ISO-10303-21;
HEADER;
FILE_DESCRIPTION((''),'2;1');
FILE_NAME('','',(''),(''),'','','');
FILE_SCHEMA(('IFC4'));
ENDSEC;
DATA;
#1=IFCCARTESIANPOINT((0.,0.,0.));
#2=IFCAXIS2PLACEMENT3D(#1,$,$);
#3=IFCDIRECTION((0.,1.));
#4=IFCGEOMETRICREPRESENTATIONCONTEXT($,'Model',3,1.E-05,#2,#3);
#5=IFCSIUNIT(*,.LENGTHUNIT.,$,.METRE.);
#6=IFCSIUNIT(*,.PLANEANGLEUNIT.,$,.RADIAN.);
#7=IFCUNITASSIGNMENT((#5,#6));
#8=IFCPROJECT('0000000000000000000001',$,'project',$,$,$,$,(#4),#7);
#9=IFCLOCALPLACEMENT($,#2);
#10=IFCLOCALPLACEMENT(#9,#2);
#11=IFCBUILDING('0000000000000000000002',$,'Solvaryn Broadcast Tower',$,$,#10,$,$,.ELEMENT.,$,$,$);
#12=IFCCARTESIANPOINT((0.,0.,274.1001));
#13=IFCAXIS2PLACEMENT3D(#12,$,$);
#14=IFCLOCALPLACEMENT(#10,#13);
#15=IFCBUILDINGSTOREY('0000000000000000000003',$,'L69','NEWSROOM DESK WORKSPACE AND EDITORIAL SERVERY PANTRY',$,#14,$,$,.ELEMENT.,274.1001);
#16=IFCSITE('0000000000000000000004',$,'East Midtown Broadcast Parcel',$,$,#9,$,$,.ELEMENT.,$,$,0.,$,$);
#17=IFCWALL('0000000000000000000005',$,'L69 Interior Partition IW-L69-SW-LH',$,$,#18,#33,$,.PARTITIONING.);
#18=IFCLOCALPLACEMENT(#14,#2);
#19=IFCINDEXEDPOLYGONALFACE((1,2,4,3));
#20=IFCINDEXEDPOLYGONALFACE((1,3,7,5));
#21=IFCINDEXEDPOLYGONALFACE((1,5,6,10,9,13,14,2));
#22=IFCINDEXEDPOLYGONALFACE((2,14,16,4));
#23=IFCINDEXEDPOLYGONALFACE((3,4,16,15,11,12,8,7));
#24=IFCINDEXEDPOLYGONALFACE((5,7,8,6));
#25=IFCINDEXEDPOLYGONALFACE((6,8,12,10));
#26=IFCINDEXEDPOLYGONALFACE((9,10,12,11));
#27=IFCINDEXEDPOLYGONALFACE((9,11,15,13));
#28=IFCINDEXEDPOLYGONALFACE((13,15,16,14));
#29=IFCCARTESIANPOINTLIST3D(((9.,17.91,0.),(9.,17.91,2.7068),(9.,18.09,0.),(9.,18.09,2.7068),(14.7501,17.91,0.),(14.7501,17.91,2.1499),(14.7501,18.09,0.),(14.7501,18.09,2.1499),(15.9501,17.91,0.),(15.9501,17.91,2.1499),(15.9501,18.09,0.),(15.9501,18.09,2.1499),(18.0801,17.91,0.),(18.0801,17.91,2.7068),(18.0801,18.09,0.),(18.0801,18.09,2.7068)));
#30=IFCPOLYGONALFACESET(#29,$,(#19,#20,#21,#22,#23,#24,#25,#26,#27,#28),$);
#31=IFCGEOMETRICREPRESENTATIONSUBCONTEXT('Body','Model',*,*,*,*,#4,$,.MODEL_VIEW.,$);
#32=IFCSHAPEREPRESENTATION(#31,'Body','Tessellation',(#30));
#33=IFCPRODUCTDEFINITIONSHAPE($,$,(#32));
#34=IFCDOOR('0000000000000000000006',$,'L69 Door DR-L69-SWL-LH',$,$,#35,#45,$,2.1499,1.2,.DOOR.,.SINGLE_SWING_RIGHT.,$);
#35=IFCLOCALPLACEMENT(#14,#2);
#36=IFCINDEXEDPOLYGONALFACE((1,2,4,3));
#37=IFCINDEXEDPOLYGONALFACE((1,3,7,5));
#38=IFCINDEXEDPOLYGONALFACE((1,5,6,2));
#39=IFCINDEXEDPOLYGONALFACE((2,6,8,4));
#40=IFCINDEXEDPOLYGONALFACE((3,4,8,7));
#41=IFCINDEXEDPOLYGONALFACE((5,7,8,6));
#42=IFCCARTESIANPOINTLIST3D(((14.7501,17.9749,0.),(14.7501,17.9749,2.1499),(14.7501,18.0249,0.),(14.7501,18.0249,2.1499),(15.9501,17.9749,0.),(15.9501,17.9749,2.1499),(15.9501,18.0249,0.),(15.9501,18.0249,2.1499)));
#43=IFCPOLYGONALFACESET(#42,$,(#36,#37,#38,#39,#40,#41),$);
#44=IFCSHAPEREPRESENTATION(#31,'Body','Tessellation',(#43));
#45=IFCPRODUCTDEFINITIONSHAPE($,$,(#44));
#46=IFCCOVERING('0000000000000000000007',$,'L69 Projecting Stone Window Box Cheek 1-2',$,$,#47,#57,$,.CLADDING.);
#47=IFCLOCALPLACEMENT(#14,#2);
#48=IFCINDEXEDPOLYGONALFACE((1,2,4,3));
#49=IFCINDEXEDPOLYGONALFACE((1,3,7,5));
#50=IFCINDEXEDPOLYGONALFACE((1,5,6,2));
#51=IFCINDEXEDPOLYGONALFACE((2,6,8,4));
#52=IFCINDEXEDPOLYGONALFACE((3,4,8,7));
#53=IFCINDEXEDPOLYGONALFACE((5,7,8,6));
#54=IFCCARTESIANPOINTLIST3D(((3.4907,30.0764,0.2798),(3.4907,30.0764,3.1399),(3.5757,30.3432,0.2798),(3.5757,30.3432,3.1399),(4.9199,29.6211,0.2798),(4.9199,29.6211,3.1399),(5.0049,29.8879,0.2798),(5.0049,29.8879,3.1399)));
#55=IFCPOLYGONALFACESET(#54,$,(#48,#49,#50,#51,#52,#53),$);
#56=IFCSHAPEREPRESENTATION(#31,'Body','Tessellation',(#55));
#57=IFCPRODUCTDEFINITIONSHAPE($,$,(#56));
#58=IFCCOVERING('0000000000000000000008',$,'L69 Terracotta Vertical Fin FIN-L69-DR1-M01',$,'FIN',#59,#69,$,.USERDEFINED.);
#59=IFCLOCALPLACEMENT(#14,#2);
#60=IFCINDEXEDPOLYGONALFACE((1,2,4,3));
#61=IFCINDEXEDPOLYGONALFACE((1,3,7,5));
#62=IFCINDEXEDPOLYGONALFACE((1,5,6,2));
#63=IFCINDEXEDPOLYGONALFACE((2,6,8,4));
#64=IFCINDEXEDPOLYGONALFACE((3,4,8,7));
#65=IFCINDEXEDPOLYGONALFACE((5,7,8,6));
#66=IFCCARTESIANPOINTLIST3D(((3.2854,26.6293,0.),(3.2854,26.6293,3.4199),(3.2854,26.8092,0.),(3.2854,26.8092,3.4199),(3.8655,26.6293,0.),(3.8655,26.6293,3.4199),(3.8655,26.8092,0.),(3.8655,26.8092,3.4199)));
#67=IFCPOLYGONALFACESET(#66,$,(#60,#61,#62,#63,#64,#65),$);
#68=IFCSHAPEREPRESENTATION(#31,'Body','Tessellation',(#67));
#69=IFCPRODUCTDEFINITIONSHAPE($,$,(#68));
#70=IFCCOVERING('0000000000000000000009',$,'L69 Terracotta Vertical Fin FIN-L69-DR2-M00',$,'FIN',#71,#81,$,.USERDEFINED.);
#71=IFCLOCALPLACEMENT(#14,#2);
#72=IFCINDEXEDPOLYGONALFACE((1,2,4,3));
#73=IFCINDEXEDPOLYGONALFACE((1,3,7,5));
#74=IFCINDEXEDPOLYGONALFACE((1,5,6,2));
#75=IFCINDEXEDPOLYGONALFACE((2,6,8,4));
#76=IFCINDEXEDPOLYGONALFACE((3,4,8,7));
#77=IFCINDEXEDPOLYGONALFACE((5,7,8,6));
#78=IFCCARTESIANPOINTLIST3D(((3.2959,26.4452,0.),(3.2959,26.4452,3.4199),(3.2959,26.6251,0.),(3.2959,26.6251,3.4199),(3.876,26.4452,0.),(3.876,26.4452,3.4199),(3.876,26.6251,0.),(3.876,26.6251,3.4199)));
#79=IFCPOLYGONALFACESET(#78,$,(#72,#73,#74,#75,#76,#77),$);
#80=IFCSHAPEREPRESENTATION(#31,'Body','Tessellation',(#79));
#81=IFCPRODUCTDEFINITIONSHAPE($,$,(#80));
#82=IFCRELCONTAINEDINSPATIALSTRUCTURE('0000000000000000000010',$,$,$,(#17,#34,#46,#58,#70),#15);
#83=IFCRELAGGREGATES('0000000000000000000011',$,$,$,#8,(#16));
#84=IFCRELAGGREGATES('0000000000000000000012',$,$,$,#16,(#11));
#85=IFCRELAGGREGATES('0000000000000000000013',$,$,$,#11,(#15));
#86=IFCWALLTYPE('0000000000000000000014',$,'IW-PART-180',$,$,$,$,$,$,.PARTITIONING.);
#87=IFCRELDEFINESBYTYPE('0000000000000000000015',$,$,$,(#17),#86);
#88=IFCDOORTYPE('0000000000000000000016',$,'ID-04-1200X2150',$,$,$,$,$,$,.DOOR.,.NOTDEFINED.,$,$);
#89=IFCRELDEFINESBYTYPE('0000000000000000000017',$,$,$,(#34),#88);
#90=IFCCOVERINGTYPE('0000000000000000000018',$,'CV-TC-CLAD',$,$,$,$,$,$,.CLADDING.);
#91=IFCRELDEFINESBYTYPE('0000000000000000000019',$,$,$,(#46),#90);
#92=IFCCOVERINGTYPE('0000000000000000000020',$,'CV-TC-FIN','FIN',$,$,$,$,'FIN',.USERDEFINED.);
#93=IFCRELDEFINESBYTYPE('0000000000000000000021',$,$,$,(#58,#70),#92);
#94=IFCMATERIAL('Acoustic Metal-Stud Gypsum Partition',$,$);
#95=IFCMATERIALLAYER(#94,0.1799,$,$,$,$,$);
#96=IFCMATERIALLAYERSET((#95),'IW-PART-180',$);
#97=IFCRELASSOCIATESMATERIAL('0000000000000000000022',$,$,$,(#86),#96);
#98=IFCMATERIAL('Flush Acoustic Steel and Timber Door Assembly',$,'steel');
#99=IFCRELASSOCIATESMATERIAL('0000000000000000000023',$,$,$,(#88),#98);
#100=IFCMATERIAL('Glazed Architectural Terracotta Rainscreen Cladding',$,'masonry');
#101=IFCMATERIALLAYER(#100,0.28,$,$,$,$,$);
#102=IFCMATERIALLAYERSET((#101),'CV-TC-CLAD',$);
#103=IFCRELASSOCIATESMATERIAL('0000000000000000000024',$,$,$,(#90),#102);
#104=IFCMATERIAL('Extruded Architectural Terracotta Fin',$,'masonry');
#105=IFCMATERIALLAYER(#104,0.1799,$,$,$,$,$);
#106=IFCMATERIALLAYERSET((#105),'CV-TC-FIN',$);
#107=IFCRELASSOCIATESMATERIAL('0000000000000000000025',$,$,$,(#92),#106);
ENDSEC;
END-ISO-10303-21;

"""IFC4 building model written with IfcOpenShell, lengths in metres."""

from ifc_helpers import new_model, si_unit, direction, frame, frame_2d, origin, origin_2d, place, context, subcontext, project, spatial, rectangle, extrude, material, layer, layer_set, type_object, element, fill, save


model = new_model("IFC4")

# Units and contexts
model_context = context("Model", 3, precision=1e-05, world=origin(), true_north=direction((0.0, 1.0)))
body_context = subcontext(model_context, "Body", "Model", "MODEL_VIEW")
ifc_project = project(units=[si_unit("LENGTHUNIT", "METRE"), si_unit("PLANEANGLEUNIT", "RADIAN")], contexts=[model_context])

# Site, building, storey
site_placement = place(None, origin())
site = spatial("IfcSite", under=ifc_project, at=site_placement, Name="East Midtown Broadcast Parcel", CompositionType="ELEMENT", RefElevation=0.0)
building_placement = place(site_placement, origin())
building = spatial("IfcBuilding", under=site, at=building_placement, Name="Solvaryn Broadcast Tower", CompositionType="ELEMENT")
storey_placement = place(building_placement, frame((0.0, 0.0, 274.1001)))
storey = spatial("IfcBuildingStorey", under=building, at=storey_placement, Name="L69", Description="NEWSROOM DESK WORKSPACE AND EDITORIAL SERVERY PANTRY", CompositionType="ELEMENT", Elevation=274.1001)

# Wall, opening, door
ifc_material_1 = material(Name="Acoustic Metal-Stud Gypsum Partition")
ifc_layer_1 = layer(ifc_material_1, 0.1799)
ifc_layer_set_1 = layer_set([ifc_layer_1], Name="IW-PART-180")
wall_type = type_object("IfcWallType", Name="IW-PART-180", PredefinedType="PARTITIONING", material=ifc_layer_set_1)
wall_placement = place(storey_placement, frame((9.0, 18.0, 0.0), z_axis=(0.0, 0.0, 1.0), x_axis=(1.0, 0.0, 0.0)))
wall = element("IfcWall", 1, at=wall_placement, inside=storey, type_object=wall_type, Name="L69 Interior Partition IW-L69-SW-LH", PredefinedType="PARTITIONING", context=body_context, shape_type="SweptSolid", body=[
    extrude(rectangle(XDim=9.0801, YDim=0.1799, at=frame_2d((4.54, 0.0))), origin(), (0.0, 0.0, 1.0), 2.7068),
])
opening_placement = place(wall_placement, frame((5.75, 0.0, 0.0)))
opening = element("IfcOpeningElement", 2, at=opening_placement, cuts=wall, PredefinedType="OPENING", context=body_context, shape_type="SweptSolid", body=[
    extrude(rectangle(XDim=1.2, YDim=2.1499, at=frame_2d((0.6001, 1.075))), frame((0.0, 0.0999, 0.0), z_axis=(0.0, -1.0, 0.0), x_axis=(1.0, 0.0, 0.0)), (0.0, 0.0, 1.0), 0.2),
])
ifc_material_2 = material(Name="Flush Acoustic Steel and Timber Door Assembly", Category="steel")
door_type = type_object("IfcDoorType", Name="ID-04-1200X2150", OperationType="NOTDEFINED", PredefinedType="DOOR", material=ifc_material_2)
door_placement = place(opening_placement, origin())
door = element("IfcDoor", 3, at=door_placement, inside=storey, type_object=door_type, Name="L69 Door DR-L69-SWL-LH", OperationType="SINGLE_SWING_RIGHT", OverallHeight=2.1499, OverallWidth=1.2, PredefinedType="DOOR", context=body_context, shape_type="SweptSolid", body=[
    extrude(rectangle(XDim=1.2, YDim=2.1499, at=frame_2d((0.6001, 1.075))), frame((0.0, 0.0249, 0.0), z_axis=(0.0, -1.0, 0.0), x_axis=(1.0, 0.0, 0.0)), (0.0, 0.0, 1.0), 0.05),
])
fill(opening, door)

# Coverings
ifc_material_3 = material(Name="Glazed Architectural Terracotta Rainscreen Cladding", Category="masonry")
ifc_layer_2 = layer(ifc_material_3, 0.28)
ifc_layer_set_2 = layer_set([ifc_layer_2], Name="CV-TC-CLAD")
covering_type_1 = type_object("IfcCoveringType", Name="CV-TC-CLAD", PredefinedType="CLADDING", material=ifc_layer_set_2)
covering_placement = place(storey_placement, frame((4.2478, 29.9822, 0.2798), z_axis=(0.0, 0.0, 1.0), x_axis=(-0.303534, -0.952821, 0.0)))
element("IfcCovering", 4, at=covering_placement, inside=storey, type_object=covering_type_1, Name="L69 Projecting Stone Window Box Cheek 1-2", PredefinedType="CLADDING", context=body_context, shape_type="SweptSolid", body=[
    extrude(rectangle(XDim=0.28, YDim=1.5, at=origin_2d()), origin(), (0.0, 0.0, 1.0), 2.8601),
])
ifc_material_4 = material(Name="Extruded Architectural Terracotta Fin", Category="masonry")
ifc_layer_3 = layer(ifc_material_4, 0.1799)
ifc_layer_set_3 = layer_set([ifc_layer_3], Name="CV-TC-FIN")
covering_type_2 = type_object("IfcCoveringType", Name="CV-TC-FIN", Description="FIN", ElementType="FIN", PredefinedType="USERDEFINED", material=ifc_layer_set_3)
for number, where, z_axis, x_axis, name in (
    (5, (3.5754, 26.7192, 0.0), (0.0, 0.0, 1.0), (1.0, 0.0, 0.0), "L69 Terracotta Vertical Fin FIN-L69-DR1-M01"),
    (6, (3.5859, 26.5352, 0.0), (0.0, 0.0, 1.0), (1.0, 0.0, 0.0), "L69 Terracotta Vertical Fin FIN-L69-DR2-M00"),
):
    element("IfcCovering", number, at=place(storey_placement, frame(where, z_axis=z_axis, x_axis=x_axis)), inside=storey, type_object=covering_type_2, Name=name, ObjectType="FIN", PredefinedType="USERDEFINED", context=body_context, shape_type="SweptSolid", body=[
        extrude(rectangle(XDim=0.5801, YDim=0.1799, at=origin_2d()), origin(), (0.0, 0.0, 1.0), 3.4199),
    ])

save(model, "model.ifc")
